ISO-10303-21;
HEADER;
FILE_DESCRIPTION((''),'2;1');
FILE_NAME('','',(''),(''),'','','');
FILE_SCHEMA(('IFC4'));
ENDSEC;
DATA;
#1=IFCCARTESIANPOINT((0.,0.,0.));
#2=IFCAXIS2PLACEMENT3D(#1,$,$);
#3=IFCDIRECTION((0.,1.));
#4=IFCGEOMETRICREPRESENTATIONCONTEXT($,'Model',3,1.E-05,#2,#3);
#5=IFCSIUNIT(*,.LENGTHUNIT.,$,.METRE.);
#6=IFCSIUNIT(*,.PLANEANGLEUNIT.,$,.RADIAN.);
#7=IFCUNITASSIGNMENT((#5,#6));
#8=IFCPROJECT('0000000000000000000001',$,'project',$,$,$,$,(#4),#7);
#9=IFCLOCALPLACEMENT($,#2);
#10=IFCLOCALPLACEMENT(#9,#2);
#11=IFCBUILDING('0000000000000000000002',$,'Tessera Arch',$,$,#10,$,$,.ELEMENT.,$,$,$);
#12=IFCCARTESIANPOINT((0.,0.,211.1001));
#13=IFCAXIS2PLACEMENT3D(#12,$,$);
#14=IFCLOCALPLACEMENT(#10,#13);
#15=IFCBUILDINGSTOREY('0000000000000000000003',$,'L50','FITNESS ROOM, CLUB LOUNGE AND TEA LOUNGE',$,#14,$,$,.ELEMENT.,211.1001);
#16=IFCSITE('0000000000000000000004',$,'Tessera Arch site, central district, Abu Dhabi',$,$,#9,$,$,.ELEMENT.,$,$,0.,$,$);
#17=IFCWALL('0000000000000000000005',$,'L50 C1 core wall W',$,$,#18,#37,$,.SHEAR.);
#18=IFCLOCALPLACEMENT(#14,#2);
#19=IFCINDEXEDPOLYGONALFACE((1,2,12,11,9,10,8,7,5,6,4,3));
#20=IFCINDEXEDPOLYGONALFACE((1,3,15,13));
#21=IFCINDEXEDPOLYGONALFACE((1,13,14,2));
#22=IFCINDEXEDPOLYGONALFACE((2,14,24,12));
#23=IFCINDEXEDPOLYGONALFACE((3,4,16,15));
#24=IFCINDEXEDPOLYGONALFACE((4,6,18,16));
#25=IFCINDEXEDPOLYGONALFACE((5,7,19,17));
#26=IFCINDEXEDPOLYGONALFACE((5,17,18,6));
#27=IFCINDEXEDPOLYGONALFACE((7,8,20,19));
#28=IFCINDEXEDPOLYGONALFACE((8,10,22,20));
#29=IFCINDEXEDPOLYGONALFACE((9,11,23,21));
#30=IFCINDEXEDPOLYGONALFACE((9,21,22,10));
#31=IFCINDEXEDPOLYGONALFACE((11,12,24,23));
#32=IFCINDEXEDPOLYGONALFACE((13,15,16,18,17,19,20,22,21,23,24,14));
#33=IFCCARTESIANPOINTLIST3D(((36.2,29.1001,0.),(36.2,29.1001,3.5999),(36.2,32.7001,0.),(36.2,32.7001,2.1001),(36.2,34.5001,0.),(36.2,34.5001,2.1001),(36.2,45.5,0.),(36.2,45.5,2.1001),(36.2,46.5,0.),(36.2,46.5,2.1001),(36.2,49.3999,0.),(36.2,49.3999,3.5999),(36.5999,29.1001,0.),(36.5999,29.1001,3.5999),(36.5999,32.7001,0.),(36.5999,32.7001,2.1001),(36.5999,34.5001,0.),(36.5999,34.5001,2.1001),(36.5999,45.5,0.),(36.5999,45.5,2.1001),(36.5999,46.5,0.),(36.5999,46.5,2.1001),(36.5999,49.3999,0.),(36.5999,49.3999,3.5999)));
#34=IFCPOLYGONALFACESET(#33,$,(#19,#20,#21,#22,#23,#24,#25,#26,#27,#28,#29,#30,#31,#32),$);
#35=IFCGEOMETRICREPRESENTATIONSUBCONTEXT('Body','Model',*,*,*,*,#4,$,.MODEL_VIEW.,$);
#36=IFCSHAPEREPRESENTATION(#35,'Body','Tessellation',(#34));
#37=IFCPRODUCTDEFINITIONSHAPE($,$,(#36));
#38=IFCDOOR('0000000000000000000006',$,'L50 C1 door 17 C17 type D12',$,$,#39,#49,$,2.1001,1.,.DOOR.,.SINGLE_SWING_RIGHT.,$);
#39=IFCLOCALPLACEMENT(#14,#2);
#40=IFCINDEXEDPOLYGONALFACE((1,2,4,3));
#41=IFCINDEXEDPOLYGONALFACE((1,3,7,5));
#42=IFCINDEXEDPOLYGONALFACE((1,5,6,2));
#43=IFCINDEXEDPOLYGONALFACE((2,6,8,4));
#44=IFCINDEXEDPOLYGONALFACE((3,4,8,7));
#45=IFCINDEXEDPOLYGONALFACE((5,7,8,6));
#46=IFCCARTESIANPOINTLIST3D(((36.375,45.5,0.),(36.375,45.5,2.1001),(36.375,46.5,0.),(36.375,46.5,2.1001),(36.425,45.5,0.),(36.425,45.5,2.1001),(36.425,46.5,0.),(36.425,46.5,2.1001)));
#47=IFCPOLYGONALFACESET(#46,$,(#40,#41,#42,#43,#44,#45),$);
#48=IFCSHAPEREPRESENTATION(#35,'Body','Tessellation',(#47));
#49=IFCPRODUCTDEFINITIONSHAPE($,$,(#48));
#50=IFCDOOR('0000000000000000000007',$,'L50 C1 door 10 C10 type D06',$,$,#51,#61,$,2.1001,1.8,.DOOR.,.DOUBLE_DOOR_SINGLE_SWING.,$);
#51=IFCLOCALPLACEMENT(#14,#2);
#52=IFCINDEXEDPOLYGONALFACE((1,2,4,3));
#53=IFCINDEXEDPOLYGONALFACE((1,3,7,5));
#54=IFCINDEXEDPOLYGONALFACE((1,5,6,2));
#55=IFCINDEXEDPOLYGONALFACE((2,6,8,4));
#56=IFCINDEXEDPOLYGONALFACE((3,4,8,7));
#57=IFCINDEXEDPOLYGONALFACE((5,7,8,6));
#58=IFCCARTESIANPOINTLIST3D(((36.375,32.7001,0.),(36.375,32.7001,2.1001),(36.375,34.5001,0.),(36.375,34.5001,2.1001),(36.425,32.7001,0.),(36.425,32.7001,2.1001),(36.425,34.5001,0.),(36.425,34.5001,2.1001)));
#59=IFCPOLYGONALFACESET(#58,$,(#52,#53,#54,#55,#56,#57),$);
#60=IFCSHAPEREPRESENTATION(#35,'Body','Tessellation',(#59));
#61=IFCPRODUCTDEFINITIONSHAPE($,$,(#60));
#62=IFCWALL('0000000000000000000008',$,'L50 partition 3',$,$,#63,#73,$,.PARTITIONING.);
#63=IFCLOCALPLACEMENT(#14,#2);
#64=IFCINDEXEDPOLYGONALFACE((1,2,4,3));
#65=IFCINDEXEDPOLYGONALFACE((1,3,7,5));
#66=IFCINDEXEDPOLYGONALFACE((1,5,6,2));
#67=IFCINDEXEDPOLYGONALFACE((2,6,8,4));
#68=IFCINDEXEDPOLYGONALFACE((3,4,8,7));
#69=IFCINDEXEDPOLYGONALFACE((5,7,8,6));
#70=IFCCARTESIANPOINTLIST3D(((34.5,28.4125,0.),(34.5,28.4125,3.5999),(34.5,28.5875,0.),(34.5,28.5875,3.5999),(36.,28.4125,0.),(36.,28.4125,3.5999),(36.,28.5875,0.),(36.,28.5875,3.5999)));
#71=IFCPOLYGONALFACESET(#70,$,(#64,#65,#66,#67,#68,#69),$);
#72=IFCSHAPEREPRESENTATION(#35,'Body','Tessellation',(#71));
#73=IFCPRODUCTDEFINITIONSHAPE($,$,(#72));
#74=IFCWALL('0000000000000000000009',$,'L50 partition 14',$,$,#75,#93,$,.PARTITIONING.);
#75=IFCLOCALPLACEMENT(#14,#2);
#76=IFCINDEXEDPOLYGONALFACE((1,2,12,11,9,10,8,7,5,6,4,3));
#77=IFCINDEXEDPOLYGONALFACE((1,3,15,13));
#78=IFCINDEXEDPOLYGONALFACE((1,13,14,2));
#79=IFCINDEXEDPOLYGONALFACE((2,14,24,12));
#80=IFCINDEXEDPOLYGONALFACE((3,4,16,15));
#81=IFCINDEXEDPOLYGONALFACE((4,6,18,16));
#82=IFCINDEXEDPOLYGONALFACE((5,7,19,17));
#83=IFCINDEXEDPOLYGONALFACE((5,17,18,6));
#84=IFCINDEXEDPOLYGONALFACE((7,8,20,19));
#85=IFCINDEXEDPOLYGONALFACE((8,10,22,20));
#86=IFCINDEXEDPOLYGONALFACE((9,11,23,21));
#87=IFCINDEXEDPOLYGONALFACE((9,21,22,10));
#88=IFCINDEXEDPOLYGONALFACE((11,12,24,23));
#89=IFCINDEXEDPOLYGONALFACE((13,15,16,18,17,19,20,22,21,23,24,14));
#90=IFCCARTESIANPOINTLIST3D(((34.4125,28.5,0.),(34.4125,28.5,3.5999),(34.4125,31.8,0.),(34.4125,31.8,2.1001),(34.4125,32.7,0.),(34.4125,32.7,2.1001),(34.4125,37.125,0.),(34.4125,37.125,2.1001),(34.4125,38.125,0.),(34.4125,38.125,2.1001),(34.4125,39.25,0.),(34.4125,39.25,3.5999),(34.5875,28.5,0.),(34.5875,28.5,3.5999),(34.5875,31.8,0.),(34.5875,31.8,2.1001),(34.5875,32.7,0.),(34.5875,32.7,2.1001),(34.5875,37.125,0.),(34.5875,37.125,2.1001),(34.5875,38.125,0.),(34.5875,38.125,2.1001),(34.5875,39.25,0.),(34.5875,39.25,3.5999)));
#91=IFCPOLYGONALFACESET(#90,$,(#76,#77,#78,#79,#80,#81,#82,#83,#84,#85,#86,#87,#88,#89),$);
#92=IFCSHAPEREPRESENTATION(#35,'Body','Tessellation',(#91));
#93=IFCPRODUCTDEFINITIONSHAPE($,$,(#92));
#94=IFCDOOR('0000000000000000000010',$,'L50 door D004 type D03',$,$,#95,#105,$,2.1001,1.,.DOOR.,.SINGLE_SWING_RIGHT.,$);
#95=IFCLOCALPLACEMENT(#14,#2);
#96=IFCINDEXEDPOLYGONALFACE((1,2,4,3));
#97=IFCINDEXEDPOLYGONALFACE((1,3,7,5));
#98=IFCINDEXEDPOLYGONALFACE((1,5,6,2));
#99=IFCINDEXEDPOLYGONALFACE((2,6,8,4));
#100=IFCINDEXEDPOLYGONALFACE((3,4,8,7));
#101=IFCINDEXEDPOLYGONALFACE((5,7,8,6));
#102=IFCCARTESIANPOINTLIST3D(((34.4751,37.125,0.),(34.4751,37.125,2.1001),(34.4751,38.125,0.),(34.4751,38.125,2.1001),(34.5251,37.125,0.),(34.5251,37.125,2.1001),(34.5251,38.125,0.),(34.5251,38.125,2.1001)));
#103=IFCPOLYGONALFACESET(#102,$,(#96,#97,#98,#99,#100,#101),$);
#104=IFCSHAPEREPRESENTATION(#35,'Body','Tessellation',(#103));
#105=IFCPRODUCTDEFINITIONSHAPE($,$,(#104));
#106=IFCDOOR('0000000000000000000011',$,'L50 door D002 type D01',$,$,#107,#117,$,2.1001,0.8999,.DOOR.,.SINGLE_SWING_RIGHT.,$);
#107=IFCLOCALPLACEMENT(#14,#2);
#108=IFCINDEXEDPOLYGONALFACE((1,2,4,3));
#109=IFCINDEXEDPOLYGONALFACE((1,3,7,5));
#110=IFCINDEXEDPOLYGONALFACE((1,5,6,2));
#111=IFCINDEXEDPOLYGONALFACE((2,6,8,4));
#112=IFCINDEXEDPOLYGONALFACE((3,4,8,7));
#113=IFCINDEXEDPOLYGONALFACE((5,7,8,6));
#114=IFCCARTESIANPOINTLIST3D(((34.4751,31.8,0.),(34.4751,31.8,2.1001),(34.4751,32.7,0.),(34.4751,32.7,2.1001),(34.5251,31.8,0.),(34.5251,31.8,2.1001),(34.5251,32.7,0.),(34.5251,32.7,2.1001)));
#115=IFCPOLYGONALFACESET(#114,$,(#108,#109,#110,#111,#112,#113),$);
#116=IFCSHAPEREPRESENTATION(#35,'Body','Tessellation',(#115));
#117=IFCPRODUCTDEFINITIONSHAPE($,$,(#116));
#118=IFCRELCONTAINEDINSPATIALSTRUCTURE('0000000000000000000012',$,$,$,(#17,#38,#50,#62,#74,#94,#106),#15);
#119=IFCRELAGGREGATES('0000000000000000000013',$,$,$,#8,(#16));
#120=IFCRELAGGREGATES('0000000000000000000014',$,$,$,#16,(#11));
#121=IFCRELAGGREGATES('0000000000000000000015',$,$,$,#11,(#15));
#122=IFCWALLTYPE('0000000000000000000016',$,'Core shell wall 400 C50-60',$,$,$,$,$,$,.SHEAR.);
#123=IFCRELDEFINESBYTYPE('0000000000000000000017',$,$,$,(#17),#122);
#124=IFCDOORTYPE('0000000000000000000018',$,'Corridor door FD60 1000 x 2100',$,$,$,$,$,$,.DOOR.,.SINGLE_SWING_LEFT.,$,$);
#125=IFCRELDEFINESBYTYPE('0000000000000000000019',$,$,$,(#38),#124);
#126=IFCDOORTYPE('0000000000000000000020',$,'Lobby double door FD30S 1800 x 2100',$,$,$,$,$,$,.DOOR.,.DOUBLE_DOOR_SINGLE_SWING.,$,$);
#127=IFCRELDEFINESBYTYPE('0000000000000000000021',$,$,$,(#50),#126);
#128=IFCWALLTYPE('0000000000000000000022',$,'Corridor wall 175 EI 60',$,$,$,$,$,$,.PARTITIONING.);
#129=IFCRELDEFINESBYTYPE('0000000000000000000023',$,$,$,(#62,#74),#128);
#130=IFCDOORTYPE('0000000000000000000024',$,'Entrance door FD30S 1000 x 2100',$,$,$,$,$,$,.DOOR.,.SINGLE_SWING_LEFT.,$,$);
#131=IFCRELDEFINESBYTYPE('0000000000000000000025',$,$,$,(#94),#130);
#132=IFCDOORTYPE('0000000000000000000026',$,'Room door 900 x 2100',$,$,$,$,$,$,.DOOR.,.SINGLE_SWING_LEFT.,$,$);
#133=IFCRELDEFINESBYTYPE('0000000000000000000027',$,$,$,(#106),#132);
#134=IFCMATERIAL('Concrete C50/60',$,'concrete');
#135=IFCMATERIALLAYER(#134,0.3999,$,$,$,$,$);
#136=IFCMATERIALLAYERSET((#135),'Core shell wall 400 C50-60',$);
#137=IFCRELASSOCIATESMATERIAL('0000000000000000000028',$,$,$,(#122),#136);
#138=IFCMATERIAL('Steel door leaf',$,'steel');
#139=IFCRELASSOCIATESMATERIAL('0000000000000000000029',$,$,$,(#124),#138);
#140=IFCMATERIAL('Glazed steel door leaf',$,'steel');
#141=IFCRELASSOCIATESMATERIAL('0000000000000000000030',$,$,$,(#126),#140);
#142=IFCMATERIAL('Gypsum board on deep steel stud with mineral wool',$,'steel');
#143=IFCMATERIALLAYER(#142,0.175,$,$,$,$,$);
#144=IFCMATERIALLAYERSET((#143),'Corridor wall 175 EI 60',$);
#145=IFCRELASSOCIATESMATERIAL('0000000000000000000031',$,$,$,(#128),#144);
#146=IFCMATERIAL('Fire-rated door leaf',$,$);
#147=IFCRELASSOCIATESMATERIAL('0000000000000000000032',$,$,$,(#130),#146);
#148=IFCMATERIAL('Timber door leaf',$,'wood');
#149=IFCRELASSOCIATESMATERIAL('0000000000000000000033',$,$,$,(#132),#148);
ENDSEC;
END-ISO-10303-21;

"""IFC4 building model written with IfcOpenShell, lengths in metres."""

from ifc_helpers import new_model, si_unit, direction, frame, frame_2d, origin, place, context, subcontext, project, spatial, rectangle, extrude, material, layer, layer_set, type_object, element, fill, save


model = new_model("IFC4")

# Units and contexts
model_context = context("Model", 3, precision=1e-05, world=origin(), true_north=direction((0.0, 1.0)))
body_context = subcontext(model_context, "Body", "Model", "MODEL_VIEW")
ifc_project = project(units=[si_unit("LENGTHUNIT", "METRE"), si_unit("PLANEANGLEUNIT", "RADIAN")], contexts=[model_context])

# Site, building, storey
site_placement = place(None, origin())
site = spatial("IfcSite", under=ifc_project, at=site_placement, Name="Tessera Arch site, central district, Abu Dhabi", CompositionType="ELEMENT", RefElevation=0.0)
building_placement = place(site_placement, origin())
building = spatial("IfcBuilding", under=site, at=building_placement, Name="Tessera Arch", CompositionType="ELEMENT")
storey_placement = place(building_placement, frame((0.0, 0.0, 211.1001)))
storey = spatial("IfcBuildingStorey", under=building, at=storey_placement, Name="L50", Description="FITNESS ROOM, CLUB LOUNGE AND TEA LOUNGE", CompositionType="ELEMENT", Elevation=211.1001)

# Wall, openings, doors
ifc_material_1 = material(Name="Concrete C50/60", Category="concrete")
ifc_layer_1 = layer(ifc_material_1, 0.3999)
ifc_layer_set_1 = layer_set([ifc_layer_1], Name="Core shell wall 400 C50-60")
wall_type_1 = type_object("IfcWallType", Name="Core shell wall 400 C50-60", PredefinedType="SHEAR", material=ifc_layer_set_1)
wall_1_placement = place(storey_placement, frame((36.3999, 29.1001, 0.0), z_axis=(0.0, 0.0, 1.0), x_axis=(0.0, 1.0, 0.0)))
wall_1 = element("IfcWall", 1, at=wall_1_placement, inside=storey, type_object=wall_type_1, Name="L50 C1 core wall W", PredefinedType="SHEAR", context=body_context, shape_type="SweptSolid", body=[
    extrude(rectangle(XDim=20.2998, YDim=0.3999, at=frame_2d((10.1499, 0.0))), origin(), (0.0, 0.0, 1.0), 3.5999),
])
opening_1_placement = place(wall_1_placement, frame((3.6001, 0.0, 0.0)))
opening_1 = element("IfcOpeningElement", 2, at=opening_1_placement, cuts=wall_1, PredefinedType="OPENING", context=body_context, shape_type="SweptSolid", body=[
    extrude(rectangle(XDim=1.8, YDim=2.1001, at=frame_2d((0.8999, 1.05))), frame((0.0, 0.21, 0.0), z_axis=(0.0, -1.0, 0.0), x_axis=(1.0, 0.0, 0.0)), (0.0, 0.0, 1.0), 0.4199),
])
opening_2_placement = place(wall_1_placement, frame((16.3999, 0.0, 0.0)))
opening_2 = element("IfcOpeningElement", 3, at=opening_2_placement, cuts=wall_1, PredefinedType="OPENING", context=body_context, shape_type="SweptSolid", body=[
    extrude(rectangle(XDim=1.0, YDim=2.1001, at=frame_2d((0.5, 1.05))), frame((0.0, 0.21, 0.0), z_axis=(0.0, -1.0, 0.0), x_axis=(1.0, 0.0, 0.0)), (0.0, 0.0, 1.0), 0.4199),
])
ifc_material_2 = material(Name="Steel door leaf", Category="steel")
door_type_1 = type_object("IfcDoorType", Name="Corridor door FD60 1000 x 2100", OperationType="SINGLE_SWING_LEFT", PredefinedType="DOOR", material=ifc_material_2)
door_1_placement = place(opening_2_placement, origin())
door_1 = element("IfcDoor", 4, at=door_1_placement, inside=storey, type_object=door_type_1, Name="L50 C1 door 17 C17 type D12", OperationType="SINGLE_SWING_RIGHT", OverallHeight=2.1001, OverallWidth=1.0, PredefinedType="DOOR", context=body_context, shape_type="SweptSolid", body=[
    extrude(rectangle(XDim=1.0, YDim=2.1001, at=frame_2d((0.5, 1.05))), frame((0.0, 0.0249, 0.0), z_axis=(0.0, -1.0, 0.0), x_axis=(1.0, 0.0, 0.0)), (0.0, 0.0, 1.0), 0.05),
])
fill(opening_2, door_1)
ifc_material_3 = material(Name="Glazed steel door leaf", Category="steel")
door_type_2 = type_object("IfcDoorType", Name="Lobby double door FD30S 1800 x 2100", OperationType="DOUBLE_DOOR_SINGLE_SWING", PredefinedType="DOOR", material=ifc_material_3)
door_2_placement = place(opening_1_placement, origin())
door_2 = element("IfcDoor", 5, at=door_2_placement, inside=storey, type_object=door_type_2, Name="L50 C1 door 10 C10 type D06", OperationType="DOUBLE_DOOR_SINGLE_SWING", OverallHeight=2.1001, OverallWidth=1.8, PredefinedType="DOOR", context=body_context, shape_type="SweptSolid", body=[
    extrude(rectangle(XDim=1.8, YDim=2.1001, at=frame_2d((0.8999, 1.05))), frame((0.0, 0.0249, 0.0), z_axis=(0.0, -1.0, 0.0), x_axis=(1.0, 0.0, 0.0)), (0.0, 0.0, 1.0), 0.05),
])
fill(opening_1, door_2)

# Wall
ifc_material_4 = material(Name="Gypsum board on deep steel stud with mineral wool", Category="steel")
ifc_layer_2 = layer(ifc_material_4, 0.175)
ifc_layer_set_2 = layer_set([ifc_layer_2], Name="Corridor wall 175 EI 60")
wall_type_2 = type_object("IfcWallType", Name="Corridor wall 175 EI 60", PredefinedType="PARTITIONING", material=ifc_layer_set_2)
wall_2_placement = place(storey_placement, frame((34.5, 28.5, 0.0), z_axis=(0.0, 0.0, 1.0), x_axis=(1.0, 0.0, 0.0)))
element("IfcWall", 6, at=wall_2_placement, inside=storey, type_object=wall_type_2, Name="L50 partition 3", PredefinedType="PARTITIONING", context=body_context, shape_type="SweptSolid", body=[
    extrude(rectangle(XDim=1.5, YDim=0.175, at=frame_2d((0.75, 0.0))), origin(), (0.0, 0.0, 1.0), 3.5999),
])

# Wall, openings, doors
wall_3_placement = place(storey_placement, frame((34.5, 28.5, 0.0), z_axis=(0.0, 0.0, 1.0), x_axis=(0.0, 1.0, 0.0)))
wall_3 = element("IfcWall", 7, at=wall_3_placement, inside=storey, type_object=wall_type_2, Name="L50 partition 14", PredefinedType="PARTITIONING", context=body_context, shape_type="SweptSolid", body=[
    extrude(rectangle(XDim=10.75, YDim=0.175, at=frame_2d((5.375, 0.0))), origin(), (0.0, 0.0, 1.0), 3.5999),
])
opening_3_placement = place(wall_3_placement, frame((3.3, 0.0, 0.0)))
opening_3 = element("IfcOpeningElement", 8, at=opening_3_placement, cuts=wall_3, PredefinedType="OPENING", context=body_context, shape_type="SweptSolid", body=[
    extrude(rectangle(XDim=0.8999, YDim=2.1001, at=frame_2d((0.45, 1.05))), frame((0.0, 0.0974, 0.0), z_axis=(0.0, -1.0, 0.0), x_axis=(1.0, 0.0, 0.0)), (0.0, 0.0, 1.0), 0.1951),
])
opening_4_placement = place(wall_3_placement, frame((8.625, 0.0, 0.0)))
opening_4 = element("IfcOpeningElement", 9, at=opening_4_placement, cuts=wall_3, PredefinedType="OPENING", context=body_context, shape_type="SweptSolid", body=[
    extrude(rectangle(XDim=1.0, YDim=2.1001, at=frame_2d((0.5, 1.05))), frame((0.0, 0.0974, 0.0), z_axis=(0.0, -1.0, 0.0), x_axis=(1.0, 0.0, 0.0)), (0.0, 0.0, 1.0), 0.1951),
])
ifc_material_5 = material(Name="Fire-rated door leaf")
door_type_3 = type_object("IfcDoorType", Name="Entrance door FD30S 1000 x 2100", OperationType="SINGLE_SWING_LEFT", PredefinedType="DOOR", material=ifc_material_5)
door_3_placement = place(opening_4_placement, origin())
door_3 = element("IfcDoor", 10, at=door_3_placement, inside=storey, type_object=door_type_3, Name="L50 door D004 type D03", OperationType="SINGLE_SWING_RIGHT", OverallHeight=2.1001, OverallWidth=1.0, PredefinedType="DOOR", context=body_context, shape_type="SweptSolid", body=[
    extrude(rectangle(XDim=1.0, YDim=2.1001, at=frame_2d((0.5, 1.05))), frame((0.0, 0.0249, 0.0), z_axis=(0.0, -1.0, 0.0), x_axis=(1.0, 0.0, 0.0)), (0.0, 0.0, 1.0), 0.05),
])
fill(opening_4, door_3)
ifc_material_6 = material(Name="Timber door leaf", Category="wood")
door_type_4 = type_object("IfcDoorType", Name="Room door 900 x 2100", OperationType="SINGLE_SWING_LEFT", PredefinedType="DOOR", material=ifc_material_6)
door_4_placement = place(opening_3_placement, origin())
door_4 = element("IfcDoor", 11, at=door_4_placement, inside=storey, type_object=door_type_4, Name="L50 door D002 type D01", OperationType="SINGLE_SWING_RIGHT", OverallHeight=2.1001, OverallWidth=0.8999, PredefinedType="DOOR", context=body_context, shape_type="SweptSolid", body=[
    extrude(rectangle(XDim=0.8999, YDim=2.1001, at=frame_2d((0.45, 1.05))), frame((0.0, 0.0249, 0.0), z_axis=(0.0, -1.0, 0.0), x_axis=(1.0, 0.0, 0.0)), (0.0, 0.0, 1.0), 0.05),
])
fill(opening_3, door_4)

save(model, "model.ifc")
